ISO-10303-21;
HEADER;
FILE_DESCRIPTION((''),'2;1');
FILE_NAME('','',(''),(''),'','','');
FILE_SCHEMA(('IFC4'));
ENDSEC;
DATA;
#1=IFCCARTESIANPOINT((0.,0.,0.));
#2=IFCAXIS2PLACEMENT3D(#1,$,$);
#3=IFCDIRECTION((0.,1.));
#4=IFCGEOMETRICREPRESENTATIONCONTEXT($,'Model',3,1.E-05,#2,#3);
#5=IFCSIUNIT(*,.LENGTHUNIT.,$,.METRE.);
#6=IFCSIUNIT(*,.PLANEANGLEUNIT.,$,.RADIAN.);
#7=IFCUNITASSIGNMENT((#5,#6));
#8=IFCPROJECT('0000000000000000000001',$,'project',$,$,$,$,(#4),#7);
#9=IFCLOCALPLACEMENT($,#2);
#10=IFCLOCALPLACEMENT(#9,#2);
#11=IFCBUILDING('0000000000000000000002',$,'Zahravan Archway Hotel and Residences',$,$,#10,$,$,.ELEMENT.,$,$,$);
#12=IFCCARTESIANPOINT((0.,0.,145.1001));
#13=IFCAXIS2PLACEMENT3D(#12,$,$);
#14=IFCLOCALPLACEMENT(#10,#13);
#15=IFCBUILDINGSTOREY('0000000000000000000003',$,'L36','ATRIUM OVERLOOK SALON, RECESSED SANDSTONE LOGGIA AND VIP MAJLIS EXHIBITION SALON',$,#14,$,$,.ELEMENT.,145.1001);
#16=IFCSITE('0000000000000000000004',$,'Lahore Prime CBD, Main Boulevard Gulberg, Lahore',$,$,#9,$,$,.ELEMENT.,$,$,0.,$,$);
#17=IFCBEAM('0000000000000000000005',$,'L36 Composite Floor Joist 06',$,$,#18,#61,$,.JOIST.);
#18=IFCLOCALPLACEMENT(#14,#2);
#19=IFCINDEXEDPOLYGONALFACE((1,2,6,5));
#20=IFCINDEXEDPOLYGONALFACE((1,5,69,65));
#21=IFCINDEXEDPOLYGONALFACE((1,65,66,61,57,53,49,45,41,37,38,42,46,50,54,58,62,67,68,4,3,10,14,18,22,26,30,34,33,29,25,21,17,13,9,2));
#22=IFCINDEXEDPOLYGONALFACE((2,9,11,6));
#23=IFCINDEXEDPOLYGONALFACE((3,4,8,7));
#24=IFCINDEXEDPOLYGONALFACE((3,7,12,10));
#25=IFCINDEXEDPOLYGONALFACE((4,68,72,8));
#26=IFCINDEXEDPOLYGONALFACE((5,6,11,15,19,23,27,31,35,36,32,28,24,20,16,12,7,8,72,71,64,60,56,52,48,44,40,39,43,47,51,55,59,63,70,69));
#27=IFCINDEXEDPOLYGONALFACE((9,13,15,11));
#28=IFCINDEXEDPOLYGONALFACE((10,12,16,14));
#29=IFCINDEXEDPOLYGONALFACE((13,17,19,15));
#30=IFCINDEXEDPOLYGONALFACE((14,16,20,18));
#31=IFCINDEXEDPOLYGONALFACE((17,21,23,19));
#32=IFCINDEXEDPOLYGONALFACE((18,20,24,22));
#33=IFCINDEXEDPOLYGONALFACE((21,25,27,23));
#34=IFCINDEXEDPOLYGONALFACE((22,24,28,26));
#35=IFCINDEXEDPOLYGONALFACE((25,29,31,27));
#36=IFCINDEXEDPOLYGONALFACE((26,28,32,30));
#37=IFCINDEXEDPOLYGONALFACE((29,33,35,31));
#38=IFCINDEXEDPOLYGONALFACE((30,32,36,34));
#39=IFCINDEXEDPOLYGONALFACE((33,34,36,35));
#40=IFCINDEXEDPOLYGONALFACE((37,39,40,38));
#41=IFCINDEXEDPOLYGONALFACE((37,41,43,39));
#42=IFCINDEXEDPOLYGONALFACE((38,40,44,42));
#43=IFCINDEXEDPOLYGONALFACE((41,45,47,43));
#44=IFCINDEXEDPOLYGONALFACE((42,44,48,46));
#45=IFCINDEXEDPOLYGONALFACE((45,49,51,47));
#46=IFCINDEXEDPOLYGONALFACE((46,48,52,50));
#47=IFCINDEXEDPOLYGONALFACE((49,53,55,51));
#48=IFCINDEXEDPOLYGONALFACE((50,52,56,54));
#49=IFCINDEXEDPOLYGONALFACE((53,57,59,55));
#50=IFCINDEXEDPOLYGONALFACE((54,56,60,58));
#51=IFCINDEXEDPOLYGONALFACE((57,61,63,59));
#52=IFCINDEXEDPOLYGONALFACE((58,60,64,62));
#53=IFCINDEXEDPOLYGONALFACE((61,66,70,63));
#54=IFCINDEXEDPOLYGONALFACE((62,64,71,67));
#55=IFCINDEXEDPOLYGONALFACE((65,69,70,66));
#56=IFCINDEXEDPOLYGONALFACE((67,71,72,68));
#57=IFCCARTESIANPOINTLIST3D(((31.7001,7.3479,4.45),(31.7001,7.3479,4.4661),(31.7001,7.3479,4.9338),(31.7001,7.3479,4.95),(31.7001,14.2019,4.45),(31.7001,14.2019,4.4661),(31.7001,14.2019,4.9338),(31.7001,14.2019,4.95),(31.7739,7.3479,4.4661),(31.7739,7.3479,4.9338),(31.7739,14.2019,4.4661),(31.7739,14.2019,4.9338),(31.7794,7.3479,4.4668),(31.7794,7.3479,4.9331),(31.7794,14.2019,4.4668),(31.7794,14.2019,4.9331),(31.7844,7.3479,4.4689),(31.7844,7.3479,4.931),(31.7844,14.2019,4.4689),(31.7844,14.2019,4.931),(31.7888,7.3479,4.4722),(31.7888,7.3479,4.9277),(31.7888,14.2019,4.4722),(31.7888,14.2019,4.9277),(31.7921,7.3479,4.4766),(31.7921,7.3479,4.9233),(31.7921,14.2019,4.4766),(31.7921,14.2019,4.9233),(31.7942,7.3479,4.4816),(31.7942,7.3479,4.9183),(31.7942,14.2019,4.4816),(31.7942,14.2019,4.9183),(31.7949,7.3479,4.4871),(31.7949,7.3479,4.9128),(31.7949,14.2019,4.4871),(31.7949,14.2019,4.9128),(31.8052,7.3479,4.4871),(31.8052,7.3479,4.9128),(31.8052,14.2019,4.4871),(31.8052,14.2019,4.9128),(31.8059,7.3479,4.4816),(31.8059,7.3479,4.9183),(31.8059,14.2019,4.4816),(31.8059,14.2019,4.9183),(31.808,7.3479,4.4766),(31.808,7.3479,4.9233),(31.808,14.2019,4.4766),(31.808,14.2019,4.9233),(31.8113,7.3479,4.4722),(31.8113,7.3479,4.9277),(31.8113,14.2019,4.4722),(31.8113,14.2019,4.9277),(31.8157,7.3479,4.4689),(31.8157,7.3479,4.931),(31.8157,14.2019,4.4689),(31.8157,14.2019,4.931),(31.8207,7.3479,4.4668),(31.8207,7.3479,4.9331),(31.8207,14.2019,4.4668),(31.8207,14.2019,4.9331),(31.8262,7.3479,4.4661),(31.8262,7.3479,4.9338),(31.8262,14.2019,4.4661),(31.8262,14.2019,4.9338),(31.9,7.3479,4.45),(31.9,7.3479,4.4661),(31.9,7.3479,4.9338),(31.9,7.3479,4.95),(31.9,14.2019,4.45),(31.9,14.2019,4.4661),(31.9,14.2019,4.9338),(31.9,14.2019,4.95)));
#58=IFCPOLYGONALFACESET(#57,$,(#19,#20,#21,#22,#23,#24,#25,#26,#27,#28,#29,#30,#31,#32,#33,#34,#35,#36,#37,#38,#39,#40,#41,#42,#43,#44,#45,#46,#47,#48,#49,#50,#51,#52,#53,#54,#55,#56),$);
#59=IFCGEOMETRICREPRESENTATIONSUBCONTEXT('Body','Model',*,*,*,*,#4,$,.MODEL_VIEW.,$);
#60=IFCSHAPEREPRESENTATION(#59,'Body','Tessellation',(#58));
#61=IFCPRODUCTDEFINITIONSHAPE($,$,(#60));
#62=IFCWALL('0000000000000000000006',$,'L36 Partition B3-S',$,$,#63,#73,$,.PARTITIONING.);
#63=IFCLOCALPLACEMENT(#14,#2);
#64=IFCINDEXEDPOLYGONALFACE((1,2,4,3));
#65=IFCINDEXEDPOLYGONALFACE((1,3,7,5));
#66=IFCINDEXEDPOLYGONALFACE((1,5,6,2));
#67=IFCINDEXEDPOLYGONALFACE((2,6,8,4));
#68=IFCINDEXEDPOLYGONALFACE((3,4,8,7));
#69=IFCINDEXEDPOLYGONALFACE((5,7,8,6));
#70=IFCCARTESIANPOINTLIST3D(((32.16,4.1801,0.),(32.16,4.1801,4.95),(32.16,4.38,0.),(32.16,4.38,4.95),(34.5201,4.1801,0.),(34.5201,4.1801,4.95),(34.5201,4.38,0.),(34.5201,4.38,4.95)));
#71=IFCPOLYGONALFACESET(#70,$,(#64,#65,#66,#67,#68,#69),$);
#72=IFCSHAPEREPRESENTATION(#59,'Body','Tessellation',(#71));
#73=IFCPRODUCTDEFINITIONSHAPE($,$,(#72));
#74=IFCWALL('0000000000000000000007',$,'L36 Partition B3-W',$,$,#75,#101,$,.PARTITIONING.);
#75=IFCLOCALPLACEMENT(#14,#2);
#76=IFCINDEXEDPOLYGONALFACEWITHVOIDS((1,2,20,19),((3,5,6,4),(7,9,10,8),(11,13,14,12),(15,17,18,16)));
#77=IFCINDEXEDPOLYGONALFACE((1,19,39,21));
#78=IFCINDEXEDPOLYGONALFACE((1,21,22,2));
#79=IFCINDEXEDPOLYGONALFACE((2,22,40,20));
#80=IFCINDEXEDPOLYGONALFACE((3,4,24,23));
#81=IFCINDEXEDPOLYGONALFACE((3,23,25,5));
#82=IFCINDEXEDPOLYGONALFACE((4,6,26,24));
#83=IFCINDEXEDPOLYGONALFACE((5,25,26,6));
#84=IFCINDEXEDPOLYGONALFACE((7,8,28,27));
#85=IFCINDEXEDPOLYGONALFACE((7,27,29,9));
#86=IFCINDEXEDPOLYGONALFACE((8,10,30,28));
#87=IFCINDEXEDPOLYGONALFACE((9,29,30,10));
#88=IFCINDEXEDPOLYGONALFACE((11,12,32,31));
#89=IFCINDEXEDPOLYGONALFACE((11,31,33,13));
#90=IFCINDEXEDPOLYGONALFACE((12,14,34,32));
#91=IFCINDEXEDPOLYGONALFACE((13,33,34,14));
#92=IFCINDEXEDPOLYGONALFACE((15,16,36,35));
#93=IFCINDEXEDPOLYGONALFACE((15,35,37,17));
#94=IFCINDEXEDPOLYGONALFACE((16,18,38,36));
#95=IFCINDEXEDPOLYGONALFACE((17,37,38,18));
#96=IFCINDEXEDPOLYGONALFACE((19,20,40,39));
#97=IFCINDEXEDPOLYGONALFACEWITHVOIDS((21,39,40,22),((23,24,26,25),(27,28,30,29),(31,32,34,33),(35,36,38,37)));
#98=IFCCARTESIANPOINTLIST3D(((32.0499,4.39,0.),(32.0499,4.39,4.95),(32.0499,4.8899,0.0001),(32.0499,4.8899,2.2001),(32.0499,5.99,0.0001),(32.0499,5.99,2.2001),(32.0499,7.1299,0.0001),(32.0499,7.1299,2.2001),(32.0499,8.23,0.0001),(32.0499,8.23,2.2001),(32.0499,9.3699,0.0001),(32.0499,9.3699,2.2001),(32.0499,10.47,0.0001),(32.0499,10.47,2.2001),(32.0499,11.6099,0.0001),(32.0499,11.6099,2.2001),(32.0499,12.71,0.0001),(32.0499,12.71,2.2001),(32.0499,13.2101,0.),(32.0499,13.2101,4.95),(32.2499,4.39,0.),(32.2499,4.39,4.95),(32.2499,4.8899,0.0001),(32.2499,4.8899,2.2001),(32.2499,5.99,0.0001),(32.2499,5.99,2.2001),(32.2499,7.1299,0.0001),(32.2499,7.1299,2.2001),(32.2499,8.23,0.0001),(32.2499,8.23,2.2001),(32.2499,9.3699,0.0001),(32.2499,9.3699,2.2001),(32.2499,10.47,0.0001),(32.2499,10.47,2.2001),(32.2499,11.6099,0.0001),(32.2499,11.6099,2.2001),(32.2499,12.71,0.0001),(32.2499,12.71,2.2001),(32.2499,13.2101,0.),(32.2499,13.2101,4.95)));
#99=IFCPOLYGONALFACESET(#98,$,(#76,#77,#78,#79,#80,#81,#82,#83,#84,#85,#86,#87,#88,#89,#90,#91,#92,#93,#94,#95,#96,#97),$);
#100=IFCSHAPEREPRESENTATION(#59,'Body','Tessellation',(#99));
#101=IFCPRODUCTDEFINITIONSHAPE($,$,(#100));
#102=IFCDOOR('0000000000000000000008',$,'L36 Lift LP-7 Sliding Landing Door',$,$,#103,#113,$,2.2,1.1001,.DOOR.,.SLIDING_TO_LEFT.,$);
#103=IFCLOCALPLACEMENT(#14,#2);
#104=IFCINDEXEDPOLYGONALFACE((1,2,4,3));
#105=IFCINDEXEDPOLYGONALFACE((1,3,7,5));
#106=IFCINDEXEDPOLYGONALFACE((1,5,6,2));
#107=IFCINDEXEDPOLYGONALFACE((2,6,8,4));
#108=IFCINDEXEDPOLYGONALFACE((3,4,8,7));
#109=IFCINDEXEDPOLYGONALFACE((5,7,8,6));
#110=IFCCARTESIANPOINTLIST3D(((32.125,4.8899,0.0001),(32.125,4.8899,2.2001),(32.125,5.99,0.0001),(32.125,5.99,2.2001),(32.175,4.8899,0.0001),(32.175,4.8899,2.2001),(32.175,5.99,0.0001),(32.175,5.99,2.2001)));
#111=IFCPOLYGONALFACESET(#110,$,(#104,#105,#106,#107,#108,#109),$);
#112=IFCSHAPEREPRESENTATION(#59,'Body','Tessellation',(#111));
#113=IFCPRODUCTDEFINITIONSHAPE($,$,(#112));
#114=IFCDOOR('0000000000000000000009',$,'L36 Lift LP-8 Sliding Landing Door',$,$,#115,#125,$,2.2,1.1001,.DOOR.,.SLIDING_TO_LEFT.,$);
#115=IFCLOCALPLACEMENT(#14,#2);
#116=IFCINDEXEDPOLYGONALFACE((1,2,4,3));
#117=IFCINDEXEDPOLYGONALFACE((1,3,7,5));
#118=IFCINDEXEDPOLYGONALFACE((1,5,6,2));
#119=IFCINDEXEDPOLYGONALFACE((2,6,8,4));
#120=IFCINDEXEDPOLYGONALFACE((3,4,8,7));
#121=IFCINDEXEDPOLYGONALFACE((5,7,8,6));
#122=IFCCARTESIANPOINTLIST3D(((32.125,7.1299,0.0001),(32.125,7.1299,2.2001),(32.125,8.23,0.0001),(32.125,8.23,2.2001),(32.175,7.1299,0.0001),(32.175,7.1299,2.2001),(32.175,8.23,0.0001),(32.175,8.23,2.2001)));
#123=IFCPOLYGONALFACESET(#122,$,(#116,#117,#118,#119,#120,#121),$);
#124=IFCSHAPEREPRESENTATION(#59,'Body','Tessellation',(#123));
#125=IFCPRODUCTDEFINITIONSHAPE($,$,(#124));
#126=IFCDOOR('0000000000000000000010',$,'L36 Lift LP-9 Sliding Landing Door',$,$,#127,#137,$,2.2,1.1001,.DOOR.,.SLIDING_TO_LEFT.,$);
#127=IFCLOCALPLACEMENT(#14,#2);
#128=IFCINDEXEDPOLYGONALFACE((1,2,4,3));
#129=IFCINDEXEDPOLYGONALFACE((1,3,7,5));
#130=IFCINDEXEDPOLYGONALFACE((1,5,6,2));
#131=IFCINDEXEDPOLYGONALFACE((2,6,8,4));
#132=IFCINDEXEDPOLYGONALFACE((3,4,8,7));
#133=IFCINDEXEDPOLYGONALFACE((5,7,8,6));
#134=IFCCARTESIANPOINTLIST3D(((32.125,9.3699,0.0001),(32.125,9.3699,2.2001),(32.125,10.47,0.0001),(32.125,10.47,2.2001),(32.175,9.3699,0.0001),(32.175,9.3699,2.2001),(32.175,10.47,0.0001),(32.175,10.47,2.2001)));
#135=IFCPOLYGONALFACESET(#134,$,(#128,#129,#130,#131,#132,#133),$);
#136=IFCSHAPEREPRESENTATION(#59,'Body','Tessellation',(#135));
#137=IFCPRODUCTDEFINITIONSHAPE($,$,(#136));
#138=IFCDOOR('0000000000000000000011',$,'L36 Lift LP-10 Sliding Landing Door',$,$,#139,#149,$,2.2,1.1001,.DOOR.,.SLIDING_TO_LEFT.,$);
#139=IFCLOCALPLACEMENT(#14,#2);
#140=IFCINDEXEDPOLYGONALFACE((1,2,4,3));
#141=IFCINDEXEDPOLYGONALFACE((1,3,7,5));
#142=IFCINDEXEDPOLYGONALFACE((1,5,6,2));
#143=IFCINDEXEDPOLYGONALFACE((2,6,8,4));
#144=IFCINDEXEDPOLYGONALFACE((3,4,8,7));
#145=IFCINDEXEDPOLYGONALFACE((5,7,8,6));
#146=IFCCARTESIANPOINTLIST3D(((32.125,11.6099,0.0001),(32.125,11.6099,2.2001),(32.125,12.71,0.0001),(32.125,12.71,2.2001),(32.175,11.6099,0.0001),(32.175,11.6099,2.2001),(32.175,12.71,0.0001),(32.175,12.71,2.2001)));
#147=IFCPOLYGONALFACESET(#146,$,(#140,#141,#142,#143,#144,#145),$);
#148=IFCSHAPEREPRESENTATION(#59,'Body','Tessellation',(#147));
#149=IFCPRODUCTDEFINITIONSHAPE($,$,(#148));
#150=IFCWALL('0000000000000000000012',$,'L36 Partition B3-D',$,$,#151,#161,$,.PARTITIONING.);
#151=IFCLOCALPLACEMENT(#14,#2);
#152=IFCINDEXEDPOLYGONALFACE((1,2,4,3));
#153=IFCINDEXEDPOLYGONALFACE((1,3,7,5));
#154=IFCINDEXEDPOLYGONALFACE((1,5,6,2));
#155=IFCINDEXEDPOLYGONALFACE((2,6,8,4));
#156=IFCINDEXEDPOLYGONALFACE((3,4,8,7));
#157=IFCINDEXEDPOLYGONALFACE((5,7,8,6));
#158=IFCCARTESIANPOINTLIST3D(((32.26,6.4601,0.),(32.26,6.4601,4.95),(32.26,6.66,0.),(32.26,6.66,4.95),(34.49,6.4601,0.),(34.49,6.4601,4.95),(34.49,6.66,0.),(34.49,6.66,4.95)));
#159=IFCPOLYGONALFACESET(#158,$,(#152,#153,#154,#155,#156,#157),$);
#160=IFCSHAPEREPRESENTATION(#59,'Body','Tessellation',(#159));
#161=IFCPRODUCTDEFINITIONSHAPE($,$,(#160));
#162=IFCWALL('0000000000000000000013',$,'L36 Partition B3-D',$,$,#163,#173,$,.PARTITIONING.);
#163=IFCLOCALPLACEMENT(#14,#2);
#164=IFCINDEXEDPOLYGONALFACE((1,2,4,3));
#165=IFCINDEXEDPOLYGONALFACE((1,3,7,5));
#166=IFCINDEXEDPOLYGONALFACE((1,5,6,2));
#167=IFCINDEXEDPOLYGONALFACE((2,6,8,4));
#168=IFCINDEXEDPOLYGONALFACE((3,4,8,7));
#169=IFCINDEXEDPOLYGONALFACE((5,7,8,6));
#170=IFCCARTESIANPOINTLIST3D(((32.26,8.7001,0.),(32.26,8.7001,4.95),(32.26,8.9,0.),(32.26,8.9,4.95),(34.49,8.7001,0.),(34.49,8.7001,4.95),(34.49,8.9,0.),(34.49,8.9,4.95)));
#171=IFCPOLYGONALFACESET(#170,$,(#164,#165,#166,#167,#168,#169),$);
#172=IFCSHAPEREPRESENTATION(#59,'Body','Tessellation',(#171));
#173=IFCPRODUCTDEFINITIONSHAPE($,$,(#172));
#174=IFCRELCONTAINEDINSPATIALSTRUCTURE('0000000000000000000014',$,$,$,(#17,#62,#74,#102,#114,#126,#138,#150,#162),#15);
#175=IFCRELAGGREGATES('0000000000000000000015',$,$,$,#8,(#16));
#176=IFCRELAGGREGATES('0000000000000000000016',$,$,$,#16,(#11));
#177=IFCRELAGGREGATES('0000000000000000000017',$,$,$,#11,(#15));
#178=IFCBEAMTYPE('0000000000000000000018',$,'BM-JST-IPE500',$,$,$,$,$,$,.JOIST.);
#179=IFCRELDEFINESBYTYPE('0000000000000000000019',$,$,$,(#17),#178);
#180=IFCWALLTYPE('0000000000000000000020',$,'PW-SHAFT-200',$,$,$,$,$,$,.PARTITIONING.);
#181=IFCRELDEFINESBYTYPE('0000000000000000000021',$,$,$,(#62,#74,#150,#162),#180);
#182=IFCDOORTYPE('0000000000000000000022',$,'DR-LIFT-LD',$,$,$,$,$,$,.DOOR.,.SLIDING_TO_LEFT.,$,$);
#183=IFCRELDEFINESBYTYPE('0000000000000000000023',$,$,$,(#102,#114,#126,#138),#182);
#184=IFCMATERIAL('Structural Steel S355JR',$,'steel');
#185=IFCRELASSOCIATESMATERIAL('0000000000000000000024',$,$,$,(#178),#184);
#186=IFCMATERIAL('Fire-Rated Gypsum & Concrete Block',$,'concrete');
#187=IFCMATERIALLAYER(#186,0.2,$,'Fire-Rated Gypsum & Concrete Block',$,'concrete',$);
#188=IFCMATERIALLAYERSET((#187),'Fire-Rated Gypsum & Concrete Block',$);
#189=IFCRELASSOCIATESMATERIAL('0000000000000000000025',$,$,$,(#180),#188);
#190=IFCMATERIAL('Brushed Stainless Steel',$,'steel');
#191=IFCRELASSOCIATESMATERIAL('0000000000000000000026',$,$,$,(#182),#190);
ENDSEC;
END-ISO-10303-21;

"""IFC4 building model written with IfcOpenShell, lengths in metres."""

from ifc_helpers import new_model, si_unit, direction, frame, frame_2d, origin, origin_2d, place, context, subcontext, project, spatial, rectangle, i_section, extrude, source, transform, mapped, material, layer, layer_set, material_profile, profile_set, type_object, type_shapes, element, fill, save


model = new_model("IFC4")

# Units and contexts
model_context = context("Model", 3, precision=1e-05, world=origin(), true_north=direction((0.0, 1.0)))
body_context = subcontext(model_context, "Body", "Model", "MODEL_VIEW")
ifc_project = project(units=[si_unit("LENGTHUNIT", "METRE"), si_unit("PLANEANGLEUNIT", "RADIAN")], contexts=[model_context])

# Site, building, storey
site_placement = place(None, origin())
site = spatial("IfcSite", under=ifc_project, at=site_placement, Name="Lahore Prime CBD, Main Boulevard Gulberg, Lahore", CompositionType="ELEMENT", RefElevation=0.0)
building_placement = place(site_placement, origin())
building = spatial("IfcBuilding", under=site, at=building_placement, Name="Zahravan Archway Hotel and Residences", CompositionType="ELEMENT")
storey_placement = place(building_placement, frame((0.0, 0.0, 145.1001)))
storey = spatial("IfcBuildingStorey", under=building, at=storey_placement, Name="L36", Description="ATRIUM OVERLOOK SALON, RECESSED SANDSTONE LOGGIA AND VIP MAJLIS EXHIBITION SALON", CompositionType="ELEMENT", Elevation=145.1001)

# Beam
ifc_material_1 = material(Name="Structural Steel S355JR", Category="steel")
ifc_material_profile_1 = material_profile(ifc_material_1, i_section(OverallWidth=0.2, OverallDepth=0.5, WebThickness=0.0103, FlangeThickness=0.0161, FilletRadius=0.021, at=origin_2d()), Name="IPE 500", Category="steel")
ifc_profile_set_1 = profile_set([ifc_material_profile_1], Name="Structural Steel S355JR")
beam_type_1 = type_object("IfcBeamType", Name="BM-JST-IPE500", PredefinedType="JOIST", material=ifc_profile_set_1)
shared_shape_1 = source(origin(), body_context, "Body", "SweptSolid", [
    extrude(i_section(OverallWidth=0.2, OverallDepth=0.5, WebThickness=0.0103, FlangeThickness=0.0161, FilletRadius=0.021, at=origin_2d()), origin(), (0.0, 0.0, 1.0), 6.854),
])
beam_1_placement = place(storey_placement, frame((31.8, 7.3479, 4.7), z_axis=(0.0, 1.0, 0.0), x_axis=(-1.0, 0.0, 0.0)))
element("IfcBeam", 1, at=beam_1_placement, inside=storey, type_object=beam_type_1, Name="L36 Composite Floor Joist 06", PredefinedType="JOIST", context=body_context, shape_type="MappedRepresentation", body=[
    mapped(shared_shape_1, transform((0.0, 0.0, 0.0), scale=1.0)),
])

# Wall
ifc_material_2 = material(Name="Fire-Rated Gypsum & Concrete Block", Category="concrete")
ifc_layer_1 = layer(ifc_material_2, 0.2, Name="Fire-Rated Gypsum & Concrete Block", Category="concrete")
ifc_layer_set_1 = layer_set([ifc_layer_1], Name="Fire-Rated Gypsum & Concrete Block")
wall_type_1 = type_object("IfcWallType", Name="PW-SHAFT-200", PredefinedType="PARTITIONING", material=ifc_layer_set_1)
wall_1_placement = place(storey_placement, frame((32.1599, 4.28, 0.0), z_axis=(0.0, 0.0, 1.0), x_axis=(1.0, 0.0, 0.0)))
element("IfcWall", 2, at=wall_1_placement, inside=storey, type_object=wall_type_1, Name="L36 Partition B3-S", PredefinedType="PARTITIONING", context=body_context, shape_type="SweptSolid", body=[
    extrude(rectangle(XDim=2.3601, YDim=0.2, at=frame_2d((1.1802, 0.0))), origin(), (0.0, 0.0, 1.0), 4.95),
])

# Wall, openings, doors
wall_2_placement = place(storey_placement, frame((32.1499, 4.3899, 0.0), z_axis=(0.0, 0.0, 1.0), x_axis=(0.0, 1.0, 0.0)))
wall_2 = element("IfcWall", 3, at=wall_2_placement, inside=storey, type_object=wall_type_1, Name="L36 Partition B3-W", PredefinedType="PARTITIONING", context=body_context, shape_type="SweptSolid", body=[
    extrude(rectangle(XDim=8.8201, YDim=0.2, at=frame_2d((4.4102, 0.0))), origin(), (0.0, 0.0, 1.0), 4.95),
])
opening_1_placement = place(wall_2_placement, frame((0.5, 0.0, 0.0)))
opening_1 = element("IfcOpeningElement", 4, at=opening_1_placement, cuts=wall_2, PredefinedType="OPENING", context=body_context, shape_type="SweptSolid", body=[
    extrude(rectangle(XDim=1.1001, YDim=2.2, at=frame_2d((0.55, 1.1001))), frame((0.0, 0.1099, 0.0), z_axis=(0.0, -1.0, 0.0), x_axis=(1.0, 0.0, 0.0)), (0.0, 0.0, 1.0), 0.22),
])
opening_2_placement = place(wall_2_placement, frame((2.74, 0.0, 0.0)))
opening_2 = element("IfcOpeningElement", 5, at=opening_2_placement, cuts=wall_2, PredefinedType="OPENING", context=body_context, shape_type="SweptSolid", body=[
    extrude(rectangle(XDim=1.1001, YDim=2.2, at=frame_2d((0.55, 1.1001))), frame((0.0, 0.1099, 0.0), z_axis=(0.0, -1.0, 0.0), x_axis=(1.0, 0.0, 0.0)), (0.0, 0.0, 1.0), 0.22),
])
opening_3_placement = place(wall_2_placement, frame((4.98, 0.0, 0.0)))
opening_3 = element("IfcOpeningElement", 6, at=opening_3_placement, cuts=wall_2, PredefinedType="OPENING", context=body_context, shape_type="SweptSolid", body=[
    extrude(rectangle(XDim=1.1001, YDim=2.2, at=frame_2d((0.55, 1.1001))), frame((0.0, 0.1099, 0.0), z_axis=(0.0, -1.0, 0.0), x_axis=(1.0, 0.0, 0.0)), (0.0, 0.0, 1.0), 0.22),
])
opening_4_placement = place(wall_2_placement, frame((7.22, 0.0, 0.0)))
opening_4 = element("IfcOpeningElement", 7, at=opening_4_placement, cuts=wall_2, PredefinedType="OPENING", context=body_context, shape_type="SweptSolid", body=[
    extrude(rectangle(XDim=1.1001, YDim=2.2, at=frame_2d((0.55, 1.1001))), frame((0.0, 0.1099, 0.0), z_axis=(0.0, -1.0, 0.0), x_axis=(1.0, 0.0, 0.0)), (0.0, 0.0, 1.0), 0.22),
])
ifc_material_3 = material(Name="Brushed Stainless Steel", Category="steel")
door_type_1 = type_object("IfcDoorType", Name="DR-LIFT-LD", OperationType="SLIDING_TO_LEFT", PredefinedType="DOOR", material=ifc_material_3)
shared_shape_2 = source(origin(), body_context, "Body", "SweptSolid", [
    extrude(rectangle(XDim=1.1001, YDim=2.2, at=frame_2d((0.55, 1.1001))), frame((0.0, 0.0249, 0.0), z_axis=(0.0, -1.0, 0.0), x_axis=(1.0, 0.0, 0.0)), (0.0, 0.0, 1.0), 0.05),
])
type_shapes(door_type_1, [shared_shape_2])
door_1_placement = place(opening_1_placement, origin())
door_1 = element("IfcDoor", 8, at=door_1_placement, inside=storey, type_object=door_type_1, Name="L36 Lift LP-7 Sliding Landing Door", OperationType="SLIDING_TO_LEFT", OverallHeight=2.2, OverallWidth=1.1001, PredefinedType="DOOR", context=body_context, shape_type="MappedRepresentation", body=[
    mapped(shared_shape_2, transform((0.0, 0.0, 0.0), scale=1.0)),
])
fill(opening_1, door_1)
door_2_placement = place(opening_2_placement, origin())
door_2 = element("IfcDoor", 9, at=door_2_placement, inside=storey, type_object=door_type_1, Name="L36 Lift LP-8 Sliding Landing Door", OperationType="SLIDING_TO_LEFT", OverallHeight=2.2, OverallWidth=1.1001, PredefinedType="DOOR", context=body_context, shape_type="MappedRepresentation", body=[
    mapped(shared_shape_2, transform((0.0, 0.0, 0.0), scale=1.0)),
])
fill(opening_2, door_2)
door_3_placement = place(opening_3_placement, origin())
door_3 = element("IfcDoor", 10, at=door_3_placement, inside=storey, type_object=door_type_1, Name="L36 Lift LP-9 Sliding Landing Door", OperationType="SLIDING_TO_LEFT", OverallHeight=2.2, OverallWidth=1.1001, PredefinedType="DOOR", context=body_context, shape_type="MappedRepresentation", body=[
    mapped(shared_shape_2, transform((0.0, 0.0, 0.0), scale=1.0)),
])
fill(opening_3, door_3)
door_4_placement = place(opening_4_placement, origin())
door_4 = element("IfcDoor", 11, at=door_4_placement, inside=storey, type_object=door_type_1, Name="L36 Lift LP-10 Sliding Landing Door", OperationType="SLIDING_TO_LEFT", OverallHeight=2.2, OverallWidth=1.1001, PredefinedType="DOOR", context=body_context, shape_type="MappedRepresentation", body=[
    mapped(shared_shape_2, transform((0.0, 0.0, 0.0), scale=1.0)),
])
fill(opening_4, door_4)

# Walls
for number, where, z_axis, x_axis, name in (
    (12, (32.26, 6.5601, 0.0), (0.0, 0.0, 1.0), (1.0, 0.0, 0.0), "L36 Partition B3-D"),
    (13, (32.26, 8.8, 0.0), (0.0, 0.0, 1.0), (1.0, 0.0, 0.0), "L36 Partition B3-D"),
):
    element("IfcWall", number, at=place(storey_placement, frame(where, z_axis=z_axis, x_axis=x_axis)), inside=storey, type_object=wall_type_1, Name=name, PredefinedType="PARTITIONING", context=body_context, shape_type="SweptSolid", body=[
        extrude(rectangle(XDim=2.23, YDim=0.2, at=frame_2d((1.115, 0.0))), origin(), (0.0, 0.0, 1.0), 4.95),
    ])

save(model, "model.ifc")
